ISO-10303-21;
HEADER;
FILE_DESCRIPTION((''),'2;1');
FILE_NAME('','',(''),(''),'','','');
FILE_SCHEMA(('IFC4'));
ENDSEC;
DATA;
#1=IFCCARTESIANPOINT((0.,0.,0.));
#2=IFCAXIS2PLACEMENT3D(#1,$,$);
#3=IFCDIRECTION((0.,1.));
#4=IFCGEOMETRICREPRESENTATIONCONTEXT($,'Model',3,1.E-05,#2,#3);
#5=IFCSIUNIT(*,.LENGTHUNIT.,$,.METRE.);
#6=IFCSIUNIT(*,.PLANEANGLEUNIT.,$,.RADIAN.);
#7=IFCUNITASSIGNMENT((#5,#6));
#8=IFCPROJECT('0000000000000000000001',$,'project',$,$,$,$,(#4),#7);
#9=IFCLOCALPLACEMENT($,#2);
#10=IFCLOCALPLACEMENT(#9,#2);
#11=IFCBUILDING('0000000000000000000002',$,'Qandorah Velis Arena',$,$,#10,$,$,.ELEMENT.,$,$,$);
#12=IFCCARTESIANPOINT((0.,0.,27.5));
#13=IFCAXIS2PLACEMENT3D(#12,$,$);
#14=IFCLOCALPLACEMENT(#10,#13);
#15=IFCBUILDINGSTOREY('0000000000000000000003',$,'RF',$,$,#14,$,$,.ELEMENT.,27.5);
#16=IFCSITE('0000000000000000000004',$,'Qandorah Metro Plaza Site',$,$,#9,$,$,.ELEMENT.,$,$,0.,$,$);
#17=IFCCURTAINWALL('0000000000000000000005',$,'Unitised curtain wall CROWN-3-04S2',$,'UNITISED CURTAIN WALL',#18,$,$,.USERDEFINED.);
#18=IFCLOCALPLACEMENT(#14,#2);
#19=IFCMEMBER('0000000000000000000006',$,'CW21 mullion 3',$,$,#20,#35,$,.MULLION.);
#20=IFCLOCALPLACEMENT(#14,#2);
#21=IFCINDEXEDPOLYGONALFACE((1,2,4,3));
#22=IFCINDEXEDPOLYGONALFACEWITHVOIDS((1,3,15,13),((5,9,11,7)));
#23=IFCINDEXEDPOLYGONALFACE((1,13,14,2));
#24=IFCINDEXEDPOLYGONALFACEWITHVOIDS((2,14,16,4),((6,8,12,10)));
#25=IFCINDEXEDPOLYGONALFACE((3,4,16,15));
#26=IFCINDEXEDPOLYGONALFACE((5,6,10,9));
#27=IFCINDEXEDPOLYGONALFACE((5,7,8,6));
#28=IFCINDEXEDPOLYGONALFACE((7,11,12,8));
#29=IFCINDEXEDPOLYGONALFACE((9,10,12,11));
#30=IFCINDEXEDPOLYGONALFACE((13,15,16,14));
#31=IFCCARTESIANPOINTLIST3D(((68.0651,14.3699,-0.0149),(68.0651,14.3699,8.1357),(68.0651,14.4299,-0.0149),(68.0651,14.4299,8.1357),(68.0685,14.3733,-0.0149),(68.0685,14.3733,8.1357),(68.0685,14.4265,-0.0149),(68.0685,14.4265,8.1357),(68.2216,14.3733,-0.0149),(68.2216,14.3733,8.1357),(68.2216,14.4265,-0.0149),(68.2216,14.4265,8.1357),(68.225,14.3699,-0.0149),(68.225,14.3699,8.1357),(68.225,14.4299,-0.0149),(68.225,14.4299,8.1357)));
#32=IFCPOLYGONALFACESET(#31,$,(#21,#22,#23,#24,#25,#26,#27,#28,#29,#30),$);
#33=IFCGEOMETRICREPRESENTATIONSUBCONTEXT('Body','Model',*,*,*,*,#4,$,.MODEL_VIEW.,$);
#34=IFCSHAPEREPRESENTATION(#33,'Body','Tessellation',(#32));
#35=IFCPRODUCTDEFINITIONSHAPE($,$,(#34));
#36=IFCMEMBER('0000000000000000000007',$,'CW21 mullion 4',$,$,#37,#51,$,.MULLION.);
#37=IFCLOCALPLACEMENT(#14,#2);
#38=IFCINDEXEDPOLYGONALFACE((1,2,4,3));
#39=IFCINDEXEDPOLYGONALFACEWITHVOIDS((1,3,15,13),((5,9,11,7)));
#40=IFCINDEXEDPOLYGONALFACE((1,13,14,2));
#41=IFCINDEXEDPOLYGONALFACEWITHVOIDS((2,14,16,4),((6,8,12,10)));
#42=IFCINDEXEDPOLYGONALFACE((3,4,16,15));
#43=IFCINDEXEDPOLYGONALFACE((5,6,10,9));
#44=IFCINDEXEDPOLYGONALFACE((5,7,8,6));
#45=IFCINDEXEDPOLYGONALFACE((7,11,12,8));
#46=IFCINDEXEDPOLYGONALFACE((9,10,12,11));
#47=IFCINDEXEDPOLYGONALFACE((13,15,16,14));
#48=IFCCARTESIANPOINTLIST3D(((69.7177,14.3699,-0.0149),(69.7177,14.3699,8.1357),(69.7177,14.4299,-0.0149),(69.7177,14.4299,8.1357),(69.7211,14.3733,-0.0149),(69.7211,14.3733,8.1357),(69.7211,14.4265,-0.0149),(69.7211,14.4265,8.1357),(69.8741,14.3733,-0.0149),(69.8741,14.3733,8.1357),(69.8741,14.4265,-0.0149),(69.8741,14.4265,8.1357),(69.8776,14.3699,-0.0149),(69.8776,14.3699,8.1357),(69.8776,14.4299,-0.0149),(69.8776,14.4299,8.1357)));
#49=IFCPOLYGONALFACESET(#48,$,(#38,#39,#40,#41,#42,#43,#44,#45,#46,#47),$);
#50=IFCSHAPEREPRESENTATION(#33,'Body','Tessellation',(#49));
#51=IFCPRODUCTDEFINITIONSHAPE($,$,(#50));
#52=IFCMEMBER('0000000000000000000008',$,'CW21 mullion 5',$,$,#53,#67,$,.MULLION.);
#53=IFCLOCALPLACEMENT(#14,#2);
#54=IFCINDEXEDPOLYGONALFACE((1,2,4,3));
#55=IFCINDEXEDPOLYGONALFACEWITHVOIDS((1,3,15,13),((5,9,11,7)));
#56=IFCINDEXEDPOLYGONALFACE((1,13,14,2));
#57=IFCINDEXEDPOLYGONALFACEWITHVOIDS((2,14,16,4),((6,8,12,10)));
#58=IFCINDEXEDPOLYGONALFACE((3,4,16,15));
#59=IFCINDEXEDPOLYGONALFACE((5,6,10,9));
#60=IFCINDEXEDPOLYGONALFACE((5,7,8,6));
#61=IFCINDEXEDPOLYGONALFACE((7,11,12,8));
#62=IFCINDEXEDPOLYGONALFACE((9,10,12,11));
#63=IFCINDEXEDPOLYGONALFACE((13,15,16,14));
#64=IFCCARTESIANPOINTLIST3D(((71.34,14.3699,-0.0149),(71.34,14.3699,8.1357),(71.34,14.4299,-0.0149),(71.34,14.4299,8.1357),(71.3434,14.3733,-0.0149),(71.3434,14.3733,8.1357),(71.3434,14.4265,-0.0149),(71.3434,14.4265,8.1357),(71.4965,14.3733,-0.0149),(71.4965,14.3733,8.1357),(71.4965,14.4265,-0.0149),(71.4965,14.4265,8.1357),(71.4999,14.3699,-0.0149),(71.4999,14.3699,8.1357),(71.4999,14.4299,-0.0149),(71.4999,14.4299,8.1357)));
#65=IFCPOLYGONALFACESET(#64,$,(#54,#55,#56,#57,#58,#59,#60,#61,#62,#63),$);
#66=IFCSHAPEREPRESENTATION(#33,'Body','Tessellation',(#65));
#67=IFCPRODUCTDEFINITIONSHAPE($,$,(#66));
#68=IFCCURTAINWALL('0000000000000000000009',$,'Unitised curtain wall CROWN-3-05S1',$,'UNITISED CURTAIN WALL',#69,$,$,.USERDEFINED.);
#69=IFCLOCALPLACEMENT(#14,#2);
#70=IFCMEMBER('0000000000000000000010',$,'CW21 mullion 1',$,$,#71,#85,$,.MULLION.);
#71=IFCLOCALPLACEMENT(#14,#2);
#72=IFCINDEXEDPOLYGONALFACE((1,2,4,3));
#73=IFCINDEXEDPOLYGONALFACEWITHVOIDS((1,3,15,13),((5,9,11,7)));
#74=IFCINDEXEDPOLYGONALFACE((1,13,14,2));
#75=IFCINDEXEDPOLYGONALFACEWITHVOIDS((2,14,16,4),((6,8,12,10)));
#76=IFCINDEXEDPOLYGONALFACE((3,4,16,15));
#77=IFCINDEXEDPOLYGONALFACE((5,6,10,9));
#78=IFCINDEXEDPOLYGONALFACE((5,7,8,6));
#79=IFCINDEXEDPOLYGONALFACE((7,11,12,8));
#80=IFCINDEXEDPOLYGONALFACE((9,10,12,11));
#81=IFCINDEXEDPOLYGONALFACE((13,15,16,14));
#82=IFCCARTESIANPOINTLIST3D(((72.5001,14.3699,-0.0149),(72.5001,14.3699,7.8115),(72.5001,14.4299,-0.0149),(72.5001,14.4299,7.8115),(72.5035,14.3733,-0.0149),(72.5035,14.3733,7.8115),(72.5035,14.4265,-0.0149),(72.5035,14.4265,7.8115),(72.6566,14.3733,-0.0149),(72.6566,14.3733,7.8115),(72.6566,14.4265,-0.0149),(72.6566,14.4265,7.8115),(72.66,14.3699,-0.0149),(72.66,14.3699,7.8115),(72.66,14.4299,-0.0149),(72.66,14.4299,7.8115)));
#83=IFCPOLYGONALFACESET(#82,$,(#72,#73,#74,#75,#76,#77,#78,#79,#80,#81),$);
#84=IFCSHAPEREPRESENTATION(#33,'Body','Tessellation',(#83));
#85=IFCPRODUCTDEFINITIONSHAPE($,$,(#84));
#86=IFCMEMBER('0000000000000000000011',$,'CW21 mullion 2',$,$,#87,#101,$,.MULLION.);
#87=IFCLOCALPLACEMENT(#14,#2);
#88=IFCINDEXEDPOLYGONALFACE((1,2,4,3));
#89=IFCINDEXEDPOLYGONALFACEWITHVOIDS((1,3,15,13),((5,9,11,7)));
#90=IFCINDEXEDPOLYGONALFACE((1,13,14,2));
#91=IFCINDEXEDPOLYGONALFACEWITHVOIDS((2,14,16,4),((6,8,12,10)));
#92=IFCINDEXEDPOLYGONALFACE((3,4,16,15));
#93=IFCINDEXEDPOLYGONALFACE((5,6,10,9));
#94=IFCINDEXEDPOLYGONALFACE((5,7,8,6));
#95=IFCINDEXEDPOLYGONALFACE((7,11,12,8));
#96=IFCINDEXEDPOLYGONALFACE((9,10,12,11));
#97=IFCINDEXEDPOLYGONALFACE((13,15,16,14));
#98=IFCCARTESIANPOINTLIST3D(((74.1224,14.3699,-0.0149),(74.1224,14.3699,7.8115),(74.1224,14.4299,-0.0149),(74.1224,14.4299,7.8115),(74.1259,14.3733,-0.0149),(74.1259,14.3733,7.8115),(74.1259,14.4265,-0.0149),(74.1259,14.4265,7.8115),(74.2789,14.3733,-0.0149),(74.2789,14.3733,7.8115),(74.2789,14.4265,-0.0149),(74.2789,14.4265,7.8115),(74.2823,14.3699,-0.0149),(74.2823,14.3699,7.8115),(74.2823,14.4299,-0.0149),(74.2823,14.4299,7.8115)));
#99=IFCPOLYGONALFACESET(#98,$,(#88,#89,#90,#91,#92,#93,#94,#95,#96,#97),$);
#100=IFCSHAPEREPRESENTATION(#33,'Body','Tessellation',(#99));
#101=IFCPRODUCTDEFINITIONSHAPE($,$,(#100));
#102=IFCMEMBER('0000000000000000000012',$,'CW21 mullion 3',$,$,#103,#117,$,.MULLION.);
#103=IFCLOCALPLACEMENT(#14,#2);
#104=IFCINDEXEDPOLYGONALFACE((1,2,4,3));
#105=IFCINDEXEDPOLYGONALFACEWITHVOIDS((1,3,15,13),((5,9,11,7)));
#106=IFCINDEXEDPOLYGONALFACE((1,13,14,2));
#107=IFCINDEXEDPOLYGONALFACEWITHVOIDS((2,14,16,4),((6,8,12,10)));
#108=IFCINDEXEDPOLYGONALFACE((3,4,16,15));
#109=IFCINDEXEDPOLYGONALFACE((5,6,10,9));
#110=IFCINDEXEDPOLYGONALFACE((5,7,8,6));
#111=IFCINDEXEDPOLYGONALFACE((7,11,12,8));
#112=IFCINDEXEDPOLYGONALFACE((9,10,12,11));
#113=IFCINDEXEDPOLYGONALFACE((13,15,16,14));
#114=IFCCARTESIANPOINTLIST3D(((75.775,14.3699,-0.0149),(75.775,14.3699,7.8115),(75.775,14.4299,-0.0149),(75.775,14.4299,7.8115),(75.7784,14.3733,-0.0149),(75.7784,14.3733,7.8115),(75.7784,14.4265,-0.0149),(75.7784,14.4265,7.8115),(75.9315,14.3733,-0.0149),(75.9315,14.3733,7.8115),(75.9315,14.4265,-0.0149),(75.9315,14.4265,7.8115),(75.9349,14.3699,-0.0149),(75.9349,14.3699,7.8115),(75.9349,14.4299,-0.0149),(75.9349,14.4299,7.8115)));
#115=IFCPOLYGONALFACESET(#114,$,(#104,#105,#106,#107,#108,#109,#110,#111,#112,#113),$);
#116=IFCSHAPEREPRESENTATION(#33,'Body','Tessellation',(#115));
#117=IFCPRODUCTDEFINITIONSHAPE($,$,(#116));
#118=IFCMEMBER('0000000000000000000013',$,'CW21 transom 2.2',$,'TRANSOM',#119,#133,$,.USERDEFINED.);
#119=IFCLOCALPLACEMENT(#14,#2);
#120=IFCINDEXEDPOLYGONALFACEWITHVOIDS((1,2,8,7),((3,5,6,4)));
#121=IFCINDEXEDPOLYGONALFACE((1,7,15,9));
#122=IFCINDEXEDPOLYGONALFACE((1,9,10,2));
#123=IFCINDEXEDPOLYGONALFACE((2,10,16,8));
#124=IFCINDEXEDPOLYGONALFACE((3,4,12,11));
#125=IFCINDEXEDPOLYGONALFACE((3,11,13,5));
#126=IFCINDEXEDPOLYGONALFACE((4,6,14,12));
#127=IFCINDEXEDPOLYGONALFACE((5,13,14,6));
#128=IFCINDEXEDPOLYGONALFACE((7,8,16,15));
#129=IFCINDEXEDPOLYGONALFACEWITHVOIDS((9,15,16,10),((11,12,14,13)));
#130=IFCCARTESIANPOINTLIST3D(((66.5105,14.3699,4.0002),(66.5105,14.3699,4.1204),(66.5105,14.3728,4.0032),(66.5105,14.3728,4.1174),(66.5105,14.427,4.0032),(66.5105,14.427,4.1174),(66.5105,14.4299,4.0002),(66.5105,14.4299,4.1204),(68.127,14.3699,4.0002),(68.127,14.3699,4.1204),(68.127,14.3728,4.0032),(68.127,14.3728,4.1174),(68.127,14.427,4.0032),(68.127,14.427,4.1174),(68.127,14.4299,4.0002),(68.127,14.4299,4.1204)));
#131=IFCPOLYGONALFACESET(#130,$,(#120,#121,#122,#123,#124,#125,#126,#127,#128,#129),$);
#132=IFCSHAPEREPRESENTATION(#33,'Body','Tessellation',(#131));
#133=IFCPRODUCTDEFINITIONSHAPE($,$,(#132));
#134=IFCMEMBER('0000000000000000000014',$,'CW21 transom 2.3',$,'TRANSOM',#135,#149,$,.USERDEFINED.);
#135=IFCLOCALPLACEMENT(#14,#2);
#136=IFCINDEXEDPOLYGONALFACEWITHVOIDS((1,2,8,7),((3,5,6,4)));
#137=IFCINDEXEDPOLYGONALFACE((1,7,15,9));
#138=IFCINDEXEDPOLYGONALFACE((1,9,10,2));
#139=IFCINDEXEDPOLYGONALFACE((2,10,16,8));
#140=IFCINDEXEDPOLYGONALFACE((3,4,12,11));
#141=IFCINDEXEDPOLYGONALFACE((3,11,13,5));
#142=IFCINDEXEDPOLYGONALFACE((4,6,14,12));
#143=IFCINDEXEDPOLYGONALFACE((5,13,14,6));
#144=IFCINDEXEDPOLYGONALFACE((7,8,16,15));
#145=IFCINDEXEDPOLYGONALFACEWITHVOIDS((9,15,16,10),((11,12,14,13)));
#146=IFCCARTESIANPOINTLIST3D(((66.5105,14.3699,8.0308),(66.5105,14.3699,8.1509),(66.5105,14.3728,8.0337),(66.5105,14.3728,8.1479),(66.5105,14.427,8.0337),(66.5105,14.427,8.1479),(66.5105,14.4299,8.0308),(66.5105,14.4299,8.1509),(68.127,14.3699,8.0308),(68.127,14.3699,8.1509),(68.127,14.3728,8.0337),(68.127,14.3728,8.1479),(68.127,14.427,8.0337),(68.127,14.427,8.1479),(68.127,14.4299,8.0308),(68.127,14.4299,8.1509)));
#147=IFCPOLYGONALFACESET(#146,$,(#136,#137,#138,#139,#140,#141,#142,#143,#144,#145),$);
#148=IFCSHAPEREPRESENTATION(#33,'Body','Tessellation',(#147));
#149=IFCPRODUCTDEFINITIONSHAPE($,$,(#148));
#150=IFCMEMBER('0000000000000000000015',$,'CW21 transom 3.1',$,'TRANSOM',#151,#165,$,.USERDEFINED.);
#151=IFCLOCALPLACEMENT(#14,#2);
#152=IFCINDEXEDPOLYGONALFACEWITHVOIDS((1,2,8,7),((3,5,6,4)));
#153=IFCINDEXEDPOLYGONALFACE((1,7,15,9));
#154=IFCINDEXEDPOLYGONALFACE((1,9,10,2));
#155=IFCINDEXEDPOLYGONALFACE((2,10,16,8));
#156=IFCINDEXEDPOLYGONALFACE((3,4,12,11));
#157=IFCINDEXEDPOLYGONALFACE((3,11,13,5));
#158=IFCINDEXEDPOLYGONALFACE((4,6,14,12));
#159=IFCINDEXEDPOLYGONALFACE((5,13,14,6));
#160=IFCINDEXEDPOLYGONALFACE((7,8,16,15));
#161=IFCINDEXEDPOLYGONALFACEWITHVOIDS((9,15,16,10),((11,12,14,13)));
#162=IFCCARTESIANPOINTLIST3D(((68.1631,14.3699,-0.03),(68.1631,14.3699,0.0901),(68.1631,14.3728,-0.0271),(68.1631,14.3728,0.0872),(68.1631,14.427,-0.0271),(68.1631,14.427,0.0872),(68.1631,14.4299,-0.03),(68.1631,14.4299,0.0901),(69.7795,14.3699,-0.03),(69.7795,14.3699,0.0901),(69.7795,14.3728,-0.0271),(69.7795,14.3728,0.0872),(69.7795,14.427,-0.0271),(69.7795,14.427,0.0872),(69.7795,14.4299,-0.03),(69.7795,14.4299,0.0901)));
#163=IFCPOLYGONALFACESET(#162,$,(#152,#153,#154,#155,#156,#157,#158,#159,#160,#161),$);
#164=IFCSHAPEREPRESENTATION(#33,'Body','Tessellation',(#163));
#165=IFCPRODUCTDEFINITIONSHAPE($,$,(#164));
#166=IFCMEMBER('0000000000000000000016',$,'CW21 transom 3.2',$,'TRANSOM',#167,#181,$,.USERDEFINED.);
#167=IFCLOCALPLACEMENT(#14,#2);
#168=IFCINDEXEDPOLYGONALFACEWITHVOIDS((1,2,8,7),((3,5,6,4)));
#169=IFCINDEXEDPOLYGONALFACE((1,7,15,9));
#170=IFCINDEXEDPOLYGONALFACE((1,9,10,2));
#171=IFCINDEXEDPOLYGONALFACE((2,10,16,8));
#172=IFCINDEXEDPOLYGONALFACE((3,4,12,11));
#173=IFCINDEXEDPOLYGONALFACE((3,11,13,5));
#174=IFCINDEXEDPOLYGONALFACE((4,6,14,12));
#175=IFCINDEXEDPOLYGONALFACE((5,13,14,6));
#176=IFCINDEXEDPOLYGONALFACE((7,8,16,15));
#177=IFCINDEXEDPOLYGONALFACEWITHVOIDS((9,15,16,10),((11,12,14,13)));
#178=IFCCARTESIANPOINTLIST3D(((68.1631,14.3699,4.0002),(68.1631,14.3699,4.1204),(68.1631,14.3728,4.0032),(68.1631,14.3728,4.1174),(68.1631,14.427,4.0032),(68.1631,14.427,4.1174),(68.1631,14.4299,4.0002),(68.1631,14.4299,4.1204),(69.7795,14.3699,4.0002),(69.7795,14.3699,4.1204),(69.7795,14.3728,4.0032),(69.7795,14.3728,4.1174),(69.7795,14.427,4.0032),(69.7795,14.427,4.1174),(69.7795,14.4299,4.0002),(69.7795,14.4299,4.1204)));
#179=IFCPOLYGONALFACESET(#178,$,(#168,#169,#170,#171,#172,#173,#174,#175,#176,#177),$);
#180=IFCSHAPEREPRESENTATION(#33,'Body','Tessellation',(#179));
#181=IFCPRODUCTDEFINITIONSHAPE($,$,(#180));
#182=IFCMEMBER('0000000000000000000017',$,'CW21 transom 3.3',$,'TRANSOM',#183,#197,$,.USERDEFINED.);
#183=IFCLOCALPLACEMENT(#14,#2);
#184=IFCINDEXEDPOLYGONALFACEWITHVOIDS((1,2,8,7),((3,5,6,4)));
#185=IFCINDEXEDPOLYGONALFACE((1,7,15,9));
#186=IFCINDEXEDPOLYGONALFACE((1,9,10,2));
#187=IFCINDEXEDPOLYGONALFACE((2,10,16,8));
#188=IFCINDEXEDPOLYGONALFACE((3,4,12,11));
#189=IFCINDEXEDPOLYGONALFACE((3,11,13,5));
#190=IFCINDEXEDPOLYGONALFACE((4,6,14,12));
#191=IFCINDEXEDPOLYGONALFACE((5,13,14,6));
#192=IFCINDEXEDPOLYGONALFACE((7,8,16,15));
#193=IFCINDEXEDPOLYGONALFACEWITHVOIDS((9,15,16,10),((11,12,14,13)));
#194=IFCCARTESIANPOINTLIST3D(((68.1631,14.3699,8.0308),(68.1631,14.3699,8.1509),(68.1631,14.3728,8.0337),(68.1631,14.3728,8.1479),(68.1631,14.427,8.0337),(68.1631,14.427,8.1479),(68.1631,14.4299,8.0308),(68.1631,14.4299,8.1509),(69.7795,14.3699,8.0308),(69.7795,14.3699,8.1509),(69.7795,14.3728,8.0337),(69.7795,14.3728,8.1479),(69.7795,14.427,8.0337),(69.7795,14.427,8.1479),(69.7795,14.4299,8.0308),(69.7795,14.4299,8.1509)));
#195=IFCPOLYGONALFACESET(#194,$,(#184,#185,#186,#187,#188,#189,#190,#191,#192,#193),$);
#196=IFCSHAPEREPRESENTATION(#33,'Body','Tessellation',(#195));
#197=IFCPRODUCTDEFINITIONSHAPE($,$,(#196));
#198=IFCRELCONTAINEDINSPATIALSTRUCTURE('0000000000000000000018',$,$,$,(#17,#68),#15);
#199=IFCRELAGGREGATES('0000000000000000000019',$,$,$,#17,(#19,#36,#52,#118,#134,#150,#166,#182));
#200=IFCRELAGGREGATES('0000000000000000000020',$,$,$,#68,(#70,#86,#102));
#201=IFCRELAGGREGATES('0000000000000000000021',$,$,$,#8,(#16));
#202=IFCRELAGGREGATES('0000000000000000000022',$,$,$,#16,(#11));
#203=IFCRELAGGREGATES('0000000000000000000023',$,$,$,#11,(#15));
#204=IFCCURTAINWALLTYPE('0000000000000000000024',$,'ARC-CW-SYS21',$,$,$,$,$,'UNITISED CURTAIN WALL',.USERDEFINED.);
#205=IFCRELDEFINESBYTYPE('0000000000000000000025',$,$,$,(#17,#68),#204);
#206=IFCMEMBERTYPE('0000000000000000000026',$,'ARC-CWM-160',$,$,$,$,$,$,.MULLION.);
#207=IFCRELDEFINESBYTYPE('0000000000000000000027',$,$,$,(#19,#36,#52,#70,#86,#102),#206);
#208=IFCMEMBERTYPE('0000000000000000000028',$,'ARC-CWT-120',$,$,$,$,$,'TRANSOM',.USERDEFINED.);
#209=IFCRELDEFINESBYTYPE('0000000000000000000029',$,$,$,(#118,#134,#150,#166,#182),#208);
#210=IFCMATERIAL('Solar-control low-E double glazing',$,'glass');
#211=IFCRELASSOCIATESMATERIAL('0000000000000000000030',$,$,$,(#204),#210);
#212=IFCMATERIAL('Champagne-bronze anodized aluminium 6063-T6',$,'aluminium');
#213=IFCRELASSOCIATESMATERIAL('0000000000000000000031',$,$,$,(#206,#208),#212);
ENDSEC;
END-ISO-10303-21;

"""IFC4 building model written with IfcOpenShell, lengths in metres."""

from ifc_helpers import new_model, si_unit, direction, frame, origin, origin_2d, place, context, subcontext, project, spatial, hollow_rectangle, extrude, material, material_profile, profile_set, type_object, element, aggregate, save


model = new_model("IFC4")

# Units and contexts
model_context = context("Model", 3, precision=1e-05, world=origin(), true_north=direction((0.0, 1.0)))
body_context = subcontext(model_context, "Body", "Model", "MODEL_VIEW")
ifc_project = project(units=[si_unit("LENGTHUNIT", "METRE"), si_unit("PLANEANGLEUNIT", "RADIAN")], contexts=[model_context])

# Site, building, storey
site_placement = place(None, origin())
site = spatial("IfcSite", under=ifc_project, at=site_placement, Name="Qandorah Metro Plaza Site", CompositionType="ELEMENT", RefElevation=0.0)
building_placement = place(site_placement, origin())
building = spatial("IfcBuilding", under=site, at=building_placement, Name="Qandorah Velis Arena", CompositionType="ELEMENT")
storey_placement = place(building_placement, frame((0.0, 0.0, 27.5)))
storey = spatial("IfcBuildingStorey", under=building, at=storey_placement, Name="RF", CompositionType="ELEMENT", Elevation=27.5)

# Curtain walls, members
ifc_material_1 = material(Name="Solar-control low-E double glazing", Category="glass")
curtain_wall_type = type_object("IfcCurtainWallType", Name="ARC-CW-SYS21", ElementType="UNITISED CURTAIN WALL", PredefinedType="USERDEFINED", material=ifc_material_1)
curtain_wall_1_placement = place(storey_placement, origin())
curtain_wall_1 = element("IfcCurtainWall", 1, at=curtain_wall_1_placement, inside=storey, type_object=curtain_wall_type, Name="Unitised curtain wall CROWN-3-04S2", ObjectType="UNITISED CURTAIN WALL", PredefinedType="USERDEFINED")
ifc_material_2 = material(Name="Champagne-bronze anodized aluminium 6063-T6", Category="aluminium")
ifc_material_profile_1 = material_profile(ifc_material_2, hollow_rectangle(XDim=0.0601, YDim=0.1599, WallThickness=0.0034, at=origin_2d()), Name="ALU MULLION 60x160")
ifc_profile_set_1 = profile_set([ifc_material_profile_1], Name="Champagne-bronze anodized aluminium 6063-T6")
member_type_1 = type_object("IfcMemberType", Name="ARC-CWM-160", PredefinedType="MULLION", material=ifc_profile_set_1)
member_1_placement = place(storey_placement, frame((68.145, 14.3999, -0.0149), z_axis=(0.0, 0.0, 1.0), x_axis=(0.0, 1.0, 0.0)))
member_1 = element("IfcMember", 2, at=member_1_placement, type_object=member_type_1, Name="CW21 mullion 3", PredefinedType="MULLION", context=body_context, shape_type="SweptSolid", body=[
    extrude(hollow_rectangle(XDim=0.0601, YDim=0.1599, WallThickness=0.0034, at=origin_2d()), origin(), (0.0, 0.0, 1.0), 8.1506),
])
member_2_placement = place(storey_placement, frame((69.7976, 14.3999, -0.0149), z_axis=(0.0, 0.0, 1.0), x_axis=(0.0, 1.0, 0.0)))
member_2 = element("IfcMember", 3, at=member_2_placement, type_object=member_type_1, Name="CW21 mullion 4", PredefinedType="MULLION", context=body_context, shape_type="SweptSolid", body=[
    extrude(hollow_rectangle(XDim=0.0601, YDim=0.1599, WallThickness=0.0034, at=origin_2d()), origin(), (0.0, 0.0, 1.0), 8.1506),
])
member_3_placement = place(storey_placement, frame((71.4199, 14.3999, -0.0149), z_axis=(0.0, 0.0, 1.0), x_axis=(0.0, 1.0, 0.0)))
member_3 = element("IfcMember", 4, at=member_3_placement, type_object=member_type_1, Name="CW21 mullion 5", PredefinedType="MULLION", context=body_context, shape_type="SweptSolid", body=[
    extrude(hollow_rectangle(XDim=0.0601, YDim=0.1599, WallThickness=0.0034, at=origin_2d()), origin(), (0.0, 0.0, 1.0), 8.1506),
])
curtain_wall_2_placement = place(storey_placement, origin())
curtain_wall_2 = element("IfcCurtainWall", 5, at=curtain_wall_2_placement, inside=storey, type_object=curtain_wall_type, Name="Unitised curtain wall CROWN-3-05S1", ObjectType="UNITISED CURTAIN WALL", PredefinedType="USERDEFINED")
member_4_placement = place(storey_placement, frame((72.5801, 14.3999, -0.0149), z_axis=(0.0, 0.0, 1.0), x_axis=(0.0, 1.0, 0.0)))
member_4 = element("IfcMember", 6, at=member_4_placement, type_object=member_type_1, Name="CW21 mullion 1", PredefinedType="MULLION", context=body_context, shape_type="SweptSolid", body=[
    extrude(hollow_rectangle(XDim=0.0601, YDim=0.1599, WallThickness=0.0034, at=origin_2d()), origin(), (0.0, 0.0, 1.0), 7.8264),
])
member_5_placement = place(storey_placement, frame((74.2024, 14.3999, -0.0149), z_axis=(0.0, 0.0, 1.0), x_axis=(0.0, 1.0, 0.0)))
member_5 = element("IfcMember", 7, at=member_5_placement, type_object=member_type_1, Name="CW21 mullion 2", PredefinedType="MULLION", context=body_context, shape_type="SweptSolid", body=[
    extrude(hollow_rectangle(XDim=0.0601, YDim=0.1599, WallThickness=0.0034, at=origin_2d()), origin(), (0.0, 0.0, 1.0), 7.8264),
])
member_6_placement = place(storey_placement, frame((75.855, 14.3999, -0.0149), z_axis=(0.0, 0.0, 1.0), x_axis=(0.0, 1.0, 0.0)))
member_6 = element("IfcMember", 8, at=member_6_placement, type_object=member_type_1, Name="CW21 mullion 3", PredefinedType="MULLION", context=body_context, shape_type="SweptSolid", body=[
    extrude(hollow_rectangle(XDim=0.0601, YDim=0.1599, WallThickness=0.0034, at=origin_2d()), origin(), (0.0, 0.0, 1.0), 7.8264),
])

# Members
ifc_material_profile_2 = material_profile(ifc_material_2, hollow_rectangle(XDim=0.0601, YDim=0.1201, WallThickness=0.0029, at=origin_2d()), Name="ALU TRANSOM 60x120")
ifc_profile_set_2 = profile_set([ifc_material_profile_2], Name="Champagne-bronze anodized aluminium 6063-T6")
member_type_2 = type_object("IfcMemberType", Name="ARC-CWT-120", ElementType="TRANSOM", PredefinedType="USERDEFINED", material=ifc_profile_set_2)
member_7_placement = place(storey_placement, frame((66.5105, 14.3999, 4.0603), z_axis=(1.0, 0.0, 0.0), x_axis=(0.0, 1.0, 0.0)))
member_7 = element("IfcMember", 9, at=member_7_placement, type_object=member_type_2, Name="CW21 transom 2.2", ObjectType="TRANSOM", PredefinedType="USERDEFINED", context=body_context, shape_type="SweptSolid", body=[
    extrude(hollow_rectangle(XDim=0.0601, YDim=0.1201, WallThickness=0.0029, at=origin_2d()), origin(), (0.0, 0.0, 1.0), 1.6165),
])
member_8_placement = place(storey_placement, frame((66.5105, 14.3999, 8.0908), z_axis=(1.0, 0.0, 0.0), x_axis=(0.0, 1.0, 0.0)))
member_8 = element("IfcMember", 10, at=member_8_placement, type_object=member_type_2, Name="CW21 transom 2.3", ObjectType="TRANSOM", PredefinedType="USERDEFINED", context=body_context, shape_type="SweptSolid", body=[
    extrude(hollow_rectangle(XDim=0.0601, YDim=0.1201, WallThickness=0.0029, at=origin_2d()), origin(), (0.0, 0.0, 1.0), 1.6165),
])
member_9_placement = place(storey_placement, frame((68.1631, 14.3999, 0.03), z_axis=(1.0, 0.0, 0.0), x_axis=(0.0, 1.0, 0.0)))
member_9 = element("IfcMember", 11, at=member_9_placement, type_object=member_type_2, Name="CW21 transom 3.1", ObjectType="TRANSOM", PredefinedType="USERDEFINED", context=body_context, shape_type="SweptSolid", body=[
    extrude(hollow_rectangle(XDim=0.0601, YDim=0.1201, WallThickness=0.0029, at=origin_2d()), origin(), (0.0, 0.0, 1.0), 1.6165),
])
member_10_placement = place(storey_placement, frame((68.1631, 14.3999, 4.0603), z_axis=(1.0, 0.0, 0.0), x_axis=(0.0, 1.0, 0.0)))
member_10 = element("IfcMember", 12, at=member_10_placement, type_object=member_type_2, Name="CW21 transom 3.2", ObjectType="TRANSOM", PredefinedType="USERDEFINED", context=body_context, shape_type="SweptSolid", body=[
    extrude(hollow_rectangle(XDim=0.0601, YDim=0.1201, WallThickness=0.0029, at=origin_2d()), origin(), (0.0, 0.0, 1.0), 1.6165),
])
member_11_placement = place(storey_placement, frame((68.1631, 14.3999, 8.0908), z_axis=(1.0, 0.0, 0.0), x_axis=(0.0, 1.0, 0.0)))
member_11 = element("IfcMember", 13, at=member_11_placement, type_object=member_type_2, Name="CW21 transom 3.3", ObjectType="TRANSOM", PredefinedType="USERDEFINED", context=body_context, shape_type="SweptSolid", body=[
    extrude(hollow_rectangle(XDim=0.0601, YDim=0.1201, WallThickness=0.0029, at=origin_2d()), origin(), (0.0, 0.0, 1.0), 1.6165),
])

aggregate(curtain_wall_1, [member_1, member_2, member_3, member_7, member_8, member_9, member_10, member_11])
aggregate(curtain_wall_2, [member_4, member_5, member_6])

save(model, "model.ifc")
